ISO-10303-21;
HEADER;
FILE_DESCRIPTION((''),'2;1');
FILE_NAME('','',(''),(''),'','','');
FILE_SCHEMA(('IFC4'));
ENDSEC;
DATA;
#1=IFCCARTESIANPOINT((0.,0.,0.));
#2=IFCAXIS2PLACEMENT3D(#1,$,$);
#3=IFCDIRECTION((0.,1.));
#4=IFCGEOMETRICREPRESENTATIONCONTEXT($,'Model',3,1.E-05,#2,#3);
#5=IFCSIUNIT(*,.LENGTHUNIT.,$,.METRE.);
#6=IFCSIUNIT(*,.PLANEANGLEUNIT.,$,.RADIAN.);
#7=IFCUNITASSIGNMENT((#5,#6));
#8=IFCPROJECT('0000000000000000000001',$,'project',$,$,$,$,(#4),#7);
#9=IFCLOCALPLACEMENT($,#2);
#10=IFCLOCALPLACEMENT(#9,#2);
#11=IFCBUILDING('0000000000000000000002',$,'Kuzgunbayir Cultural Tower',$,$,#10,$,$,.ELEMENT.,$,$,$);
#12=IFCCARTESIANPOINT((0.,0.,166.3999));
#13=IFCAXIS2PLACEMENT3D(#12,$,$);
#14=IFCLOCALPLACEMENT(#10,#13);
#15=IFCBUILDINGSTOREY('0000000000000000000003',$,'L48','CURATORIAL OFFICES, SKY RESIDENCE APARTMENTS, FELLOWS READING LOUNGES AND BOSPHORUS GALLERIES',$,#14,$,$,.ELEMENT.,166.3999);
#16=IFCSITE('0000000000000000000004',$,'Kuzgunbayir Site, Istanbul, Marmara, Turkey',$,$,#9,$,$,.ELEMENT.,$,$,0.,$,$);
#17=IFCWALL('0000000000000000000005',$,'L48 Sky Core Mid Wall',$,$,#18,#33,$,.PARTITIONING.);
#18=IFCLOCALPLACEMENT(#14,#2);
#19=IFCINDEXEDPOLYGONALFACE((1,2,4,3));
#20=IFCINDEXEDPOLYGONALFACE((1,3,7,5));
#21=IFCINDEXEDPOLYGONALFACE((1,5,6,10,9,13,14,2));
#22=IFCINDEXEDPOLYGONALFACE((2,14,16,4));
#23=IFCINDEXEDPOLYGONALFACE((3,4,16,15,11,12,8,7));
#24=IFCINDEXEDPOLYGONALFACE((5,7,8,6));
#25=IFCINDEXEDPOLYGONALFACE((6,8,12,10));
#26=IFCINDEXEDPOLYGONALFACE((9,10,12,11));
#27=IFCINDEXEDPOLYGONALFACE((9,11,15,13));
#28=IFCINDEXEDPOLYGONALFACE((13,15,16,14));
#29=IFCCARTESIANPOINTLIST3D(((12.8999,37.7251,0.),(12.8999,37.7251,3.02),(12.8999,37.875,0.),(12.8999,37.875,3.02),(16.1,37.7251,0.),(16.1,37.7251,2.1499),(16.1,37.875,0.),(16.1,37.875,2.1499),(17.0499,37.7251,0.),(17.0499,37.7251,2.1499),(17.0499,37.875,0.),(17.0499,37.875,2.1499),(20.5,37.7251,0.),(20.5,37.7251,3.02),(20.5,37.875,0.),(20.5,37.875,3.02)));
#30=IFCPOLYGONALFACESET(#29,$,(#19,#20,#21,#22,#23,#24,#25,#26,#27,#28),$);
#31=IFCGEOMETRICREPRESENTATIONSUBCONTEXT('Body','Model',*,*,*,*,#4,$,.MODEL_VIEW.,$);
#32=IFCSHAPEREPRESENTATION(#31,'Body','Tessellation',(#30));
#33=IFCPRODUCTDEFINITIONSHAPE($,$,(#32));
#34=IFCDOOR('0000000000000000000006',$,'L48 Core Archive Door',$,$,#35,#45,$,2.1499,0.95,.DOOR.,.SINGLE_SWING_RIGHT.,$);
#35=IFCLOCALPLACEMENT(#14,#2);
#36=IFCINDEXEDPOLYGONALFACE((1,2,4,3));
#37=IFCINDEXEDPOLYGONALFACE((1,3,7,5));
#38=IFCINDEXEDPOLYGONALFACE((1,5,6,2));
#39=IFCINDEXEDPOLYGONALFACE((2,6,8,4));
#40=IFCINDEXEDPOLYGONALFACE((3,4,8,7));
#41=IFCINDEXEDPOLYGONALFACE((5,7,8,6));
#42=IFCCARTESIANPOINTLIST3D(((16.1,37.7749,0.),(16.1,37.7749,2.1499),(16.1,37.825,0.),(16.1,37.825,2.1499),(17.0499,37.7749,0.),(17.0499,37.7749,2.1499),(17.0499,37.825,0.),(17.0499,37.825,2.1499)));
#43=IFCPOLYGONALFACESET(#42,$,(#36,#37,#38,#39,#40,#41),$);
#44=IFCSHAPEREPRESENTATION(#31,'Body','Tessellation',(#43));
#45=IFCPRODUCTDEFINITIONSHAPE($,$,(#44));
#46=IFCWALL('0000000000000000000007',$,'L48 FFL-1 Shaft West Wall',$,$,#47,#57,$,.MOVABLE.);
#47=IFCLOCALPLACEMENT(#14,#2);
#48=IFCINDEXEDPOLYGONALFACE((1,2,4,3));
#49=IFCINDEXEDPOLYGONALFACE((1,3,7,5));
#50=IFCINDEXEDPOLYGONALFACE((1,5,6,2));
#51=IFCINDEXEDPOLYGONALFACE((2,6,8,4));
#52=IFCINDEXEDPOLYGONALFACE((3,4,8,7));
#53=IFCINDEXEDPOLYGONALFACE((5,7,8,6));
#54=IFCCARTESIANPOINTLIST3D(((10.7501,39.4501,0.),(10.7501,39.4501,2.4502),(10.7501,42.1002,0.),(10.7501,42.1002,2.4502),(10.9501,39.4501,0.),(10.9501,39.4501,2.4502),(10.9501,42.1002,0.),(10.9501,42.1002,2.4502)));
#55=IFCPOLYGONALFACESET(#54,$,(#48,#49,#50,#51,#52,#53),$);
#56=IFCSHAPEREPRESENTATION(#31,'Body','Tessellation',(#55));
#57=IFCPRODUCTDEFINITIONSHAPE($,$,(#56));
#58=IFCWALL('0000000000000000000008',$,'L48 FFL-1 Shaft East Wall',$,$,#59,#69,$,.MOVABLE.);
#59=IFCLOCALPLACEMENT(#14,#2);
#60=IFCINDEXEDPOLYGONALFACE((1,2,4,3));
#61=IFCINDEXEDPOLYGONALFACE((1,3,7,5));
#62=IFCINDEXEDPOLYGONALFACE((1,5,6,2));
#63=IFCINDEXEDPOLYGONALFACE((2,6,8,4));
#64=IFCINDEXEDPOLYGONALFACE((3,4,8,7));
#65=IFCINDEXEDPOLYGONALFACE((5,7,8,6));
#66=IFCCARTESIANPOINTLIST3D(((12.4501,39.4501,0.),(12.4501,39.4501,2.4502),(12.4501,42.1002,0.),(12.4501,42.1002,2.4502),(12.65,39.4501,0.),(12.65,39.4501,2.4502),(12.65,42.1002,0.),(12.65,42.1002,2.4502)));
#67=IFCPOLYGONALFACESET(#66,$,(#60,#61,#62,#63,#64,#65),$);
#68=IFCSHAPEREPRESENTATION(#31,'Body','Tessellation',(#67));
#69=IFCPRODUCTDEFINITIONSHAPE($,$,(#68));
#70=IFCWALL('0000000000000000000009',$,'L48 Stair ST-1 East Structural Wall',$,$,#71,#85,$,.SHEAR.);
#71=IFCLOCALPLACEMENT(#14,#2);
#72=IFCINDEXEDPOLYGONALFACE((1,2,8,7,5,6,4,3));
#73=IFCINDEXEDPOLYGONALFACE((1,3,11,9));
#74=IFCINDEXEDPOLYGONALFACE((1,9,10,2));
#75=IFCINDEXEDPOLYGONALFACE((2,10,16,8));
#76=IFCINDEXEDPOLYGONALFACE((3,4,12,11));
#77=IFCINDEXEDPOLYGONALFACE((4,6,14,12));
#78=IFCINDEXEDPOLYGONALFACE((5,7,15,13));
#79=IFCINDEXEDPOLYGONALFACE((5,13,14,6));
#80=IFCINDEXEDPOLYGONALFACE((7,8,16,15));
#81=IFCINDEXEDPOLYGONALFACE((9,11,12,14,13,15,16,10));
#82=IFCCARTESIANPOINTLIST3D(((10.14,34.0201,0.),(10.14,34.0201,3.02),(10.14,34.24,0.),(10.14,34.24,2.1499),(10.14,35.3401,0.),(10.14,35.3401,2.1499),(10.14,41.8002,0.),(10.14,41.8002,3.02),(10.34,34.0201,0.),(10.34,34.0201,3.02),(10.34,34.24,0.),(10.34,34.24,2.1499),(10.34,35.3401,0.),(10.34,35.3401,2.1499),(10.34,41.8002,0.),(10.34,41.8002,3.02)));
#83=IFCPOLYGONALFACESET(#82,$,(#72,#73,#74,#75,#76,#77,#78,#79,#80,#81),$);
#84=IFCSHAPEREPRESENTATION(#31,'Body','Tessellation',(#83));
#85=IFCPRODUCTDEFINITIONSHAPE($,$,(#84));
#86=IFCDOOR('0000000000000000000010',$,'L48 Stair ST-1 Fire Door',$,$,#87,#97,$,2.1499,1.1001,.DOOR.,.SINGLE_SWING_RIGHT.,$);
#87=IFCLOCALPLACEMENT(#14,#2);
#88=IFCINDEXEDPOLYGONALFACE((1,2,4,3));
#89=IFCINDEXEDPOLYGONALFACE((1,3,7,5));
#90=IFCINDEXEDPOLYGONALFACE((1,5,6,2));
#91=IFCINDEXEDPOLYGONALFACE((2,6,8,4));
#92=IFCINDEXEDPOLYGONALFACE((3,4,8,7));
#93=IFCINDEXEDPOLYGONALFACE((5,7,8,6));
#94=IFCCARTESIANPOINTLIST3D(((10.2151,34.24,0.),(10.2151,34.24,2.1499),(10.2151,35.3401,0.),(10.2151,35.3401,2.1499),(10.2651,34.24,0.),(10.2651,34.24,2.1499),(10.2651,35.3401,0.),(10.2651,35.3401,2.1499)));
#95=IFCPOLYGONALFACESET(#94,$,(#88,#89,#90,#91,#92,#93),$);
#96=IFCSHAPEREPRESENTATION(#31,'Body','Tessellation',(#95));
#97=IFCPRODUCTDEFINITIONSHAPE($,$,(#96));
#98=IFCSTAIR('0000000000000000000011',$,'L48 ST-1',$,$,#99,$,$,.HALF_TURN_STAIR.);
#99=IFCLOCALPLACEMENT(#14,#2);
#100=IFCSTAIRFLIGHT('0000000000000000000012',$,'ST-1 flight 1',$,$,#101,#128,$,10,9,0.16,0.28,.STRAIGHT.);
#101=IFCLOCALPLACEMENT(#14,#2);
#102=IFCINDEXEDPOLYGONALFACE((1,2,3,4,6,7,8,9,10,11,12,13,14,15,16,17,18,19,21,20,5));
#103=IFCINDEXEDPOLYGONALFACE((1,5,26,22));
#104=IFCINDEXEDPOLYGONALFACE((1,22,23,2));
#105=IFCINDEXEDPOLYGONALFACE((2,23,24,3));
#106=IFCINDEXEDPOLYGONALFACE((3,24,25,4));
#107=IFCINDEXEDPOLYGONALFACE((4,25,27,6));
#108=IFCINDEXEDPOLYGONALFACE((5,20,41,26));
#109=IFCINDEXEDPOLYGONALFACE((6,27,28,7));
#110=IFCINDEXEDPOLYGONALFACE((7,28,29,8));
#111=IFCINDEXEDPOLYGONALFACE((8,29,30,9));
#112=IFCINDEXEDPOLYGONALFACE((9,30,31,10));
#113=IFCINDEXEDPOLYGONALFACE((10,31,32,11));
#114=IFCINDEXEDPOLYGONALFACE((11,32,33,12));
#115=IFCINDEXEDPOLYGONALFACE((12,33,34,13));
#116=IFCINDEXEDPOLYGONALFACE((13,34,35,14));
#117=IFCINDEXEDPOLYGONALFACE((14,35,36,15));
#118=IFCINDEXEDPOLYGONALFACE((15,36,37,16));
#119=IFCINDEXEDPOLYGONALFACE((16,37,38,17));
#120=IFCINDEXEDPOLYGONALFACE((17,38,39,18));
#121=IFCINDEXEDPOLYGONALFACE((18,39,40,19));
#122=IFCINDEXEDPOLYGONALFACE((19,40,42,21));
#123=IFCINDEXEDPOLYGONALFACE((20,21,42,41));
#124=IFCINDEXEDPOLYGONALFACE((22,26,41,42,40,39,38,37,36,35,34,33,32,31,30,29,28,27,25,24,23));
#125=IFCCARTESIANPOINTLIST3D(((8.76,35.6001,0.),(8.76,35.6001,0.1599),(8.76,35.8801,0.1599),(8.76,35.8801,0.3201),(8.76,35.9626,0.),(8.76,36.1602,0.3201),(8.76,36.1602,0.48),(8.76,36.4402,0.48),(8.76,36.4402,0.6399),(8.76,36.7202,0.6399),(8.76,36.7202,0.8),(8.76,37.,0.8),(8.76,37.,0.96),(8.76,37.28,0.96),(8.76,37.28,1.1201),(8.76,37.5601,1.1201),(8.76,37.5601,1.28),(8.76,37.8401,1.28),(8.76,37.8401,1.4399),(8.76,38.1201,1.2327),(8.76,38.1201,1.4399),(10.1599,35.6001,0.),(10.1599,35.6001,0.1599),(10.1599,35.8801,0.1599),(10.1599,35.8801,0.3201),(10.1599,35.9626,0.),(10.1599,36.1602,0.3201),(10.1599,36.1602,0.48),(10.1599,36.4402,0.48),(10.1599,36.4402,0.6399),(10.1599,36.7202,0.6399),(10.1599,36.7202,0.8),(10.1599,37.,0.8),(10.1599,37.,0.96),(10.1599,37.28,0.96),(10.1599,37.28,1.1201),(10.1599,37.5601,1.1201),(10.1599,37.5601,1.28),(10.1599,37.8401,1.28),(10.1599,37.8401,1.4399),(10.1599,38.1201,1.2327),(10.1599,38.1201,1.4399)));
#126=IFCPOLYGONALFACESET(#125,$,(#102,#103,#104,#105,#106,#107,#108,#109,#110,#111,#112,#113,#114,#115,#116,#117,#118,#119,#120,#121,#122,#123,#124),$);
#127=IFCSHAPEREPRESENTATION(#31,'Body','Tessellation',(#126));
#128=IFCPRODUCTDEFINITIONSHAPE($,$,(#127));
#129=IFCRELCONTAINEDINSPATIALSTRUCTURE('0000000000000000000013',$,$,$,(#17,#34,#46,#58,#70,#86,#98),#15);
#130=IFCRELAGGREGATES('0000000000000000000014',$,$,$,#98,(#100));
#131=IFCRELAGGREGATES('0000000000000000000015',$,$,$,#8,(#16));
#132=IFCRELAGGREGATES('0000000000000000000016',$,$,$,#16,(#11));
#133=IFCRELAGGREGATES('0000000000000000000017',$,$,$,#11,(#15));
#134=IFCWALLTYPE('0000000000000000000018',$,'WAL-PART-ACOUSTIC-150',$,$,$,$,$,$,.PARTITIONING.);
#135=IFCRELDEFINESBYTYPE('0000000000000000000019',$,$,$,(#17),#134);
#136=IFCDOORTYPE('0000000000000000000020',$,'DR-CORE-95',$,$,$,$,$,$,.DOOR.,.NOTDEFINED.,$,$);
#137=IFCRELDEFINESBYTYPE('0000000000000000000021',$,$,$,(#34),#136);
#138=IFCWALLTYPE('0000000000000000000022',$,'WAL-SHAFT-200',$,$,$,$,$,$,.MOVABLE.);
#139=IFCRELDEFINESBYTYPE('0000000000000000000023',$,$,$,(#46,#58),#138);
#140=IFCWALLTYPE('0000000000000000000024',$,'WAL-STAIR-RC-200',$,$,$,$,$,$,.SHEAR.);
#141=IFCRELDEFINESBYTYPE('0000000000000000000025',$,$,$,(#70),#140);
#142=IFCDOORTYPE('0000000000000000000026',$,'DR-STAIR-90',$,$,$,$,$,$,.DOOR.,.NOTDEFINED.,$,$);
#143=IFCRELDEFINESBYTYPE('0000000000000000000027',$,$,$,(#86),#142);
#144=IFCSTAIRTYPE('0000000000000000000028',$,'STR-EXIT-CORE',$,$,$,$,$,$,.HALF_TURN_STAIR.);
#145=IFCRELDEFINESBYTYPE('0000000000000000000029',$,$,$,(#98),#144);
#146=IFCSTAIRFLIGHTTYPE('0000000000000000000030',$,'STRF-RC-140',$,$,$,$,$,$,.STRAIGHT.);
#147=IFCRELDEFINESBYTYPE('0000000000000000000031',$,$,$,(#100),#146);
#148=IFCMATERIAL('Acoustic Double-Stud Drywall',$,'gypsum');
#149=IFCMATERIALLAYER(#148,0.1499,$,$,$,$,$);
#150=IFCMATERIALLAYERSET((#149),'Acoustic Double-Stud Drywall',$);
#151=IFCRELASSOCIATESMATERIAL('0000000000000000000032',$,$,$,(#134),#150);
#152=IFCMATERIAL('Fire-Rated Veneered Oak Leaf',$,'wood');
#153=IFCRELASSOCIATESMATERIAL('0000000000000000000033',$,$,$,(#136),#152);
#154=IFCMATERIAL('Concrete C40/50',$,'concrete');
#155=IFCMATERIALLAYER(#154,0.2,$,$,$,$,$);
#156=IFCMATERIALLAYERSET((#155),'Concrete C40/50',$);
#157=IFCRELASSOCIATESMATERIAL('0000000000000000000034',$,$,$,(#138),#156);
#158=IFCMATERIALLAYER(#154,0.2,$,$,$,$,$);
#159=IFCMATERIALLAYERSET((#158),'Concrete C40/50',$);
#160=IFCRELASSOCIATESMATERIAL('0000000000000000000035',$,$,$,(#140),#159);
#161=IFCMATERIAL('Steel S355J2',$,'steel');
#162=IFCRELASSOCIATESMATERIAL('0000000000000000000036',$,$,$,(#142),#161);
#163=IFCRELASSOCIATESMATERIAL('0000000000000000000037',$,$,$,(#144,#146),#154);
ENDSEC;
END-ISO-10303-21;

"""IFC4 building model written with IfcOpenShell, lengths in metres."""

from ifc_helpers import new_model, si_unit, direction, frame, frame_2d, origin, place, context, subcontext, project, spatial, polyline, rectangle, outline, extrude, material, layer, layer_set, type_object, element, fill, aggregate, save


model = new_model("IFC4")

# Units and contexts
model_context = context("Model", 3, precision=1e-05, world=origin(), true_north=direction((0.0, 1.0)))
body_context = subcontext(model_context, "Body", "Model", "MODEL_VIEW")
ifc_project = project(units=[si_unit("LENGTHUNIT", "METRE"), si_unit("PLANEANGLEUNIT", "RADIAN")], contexts=[model_context])

# Site, building, storey
site_placement = place(None, origin())
site = spatial("IfcSite", under=ifc_project, at=site_placement, Name="Kuzgunbayir Site, Istanbul, Marmara, Turkey", CompositionType="ELEMENT", RefElevation=0.0)
building_placement = place(site_placement, origin())
building = spatial("IfcBuilding", under=site, at=building_placement, Name="Kuzgunbayir Cultural Tower", CompositionType="ELEMENT")
storey_placement = place(building_placement, frame((0.0, 0.0, 166.3999)))
storey = spatial("IfcBuildingStorey", under=building, at=storey_placement, Name="L48", Description="CURATORIAL OFFICES, SKY RESIDENCE APARTMENTS, FELLOWS READING LOUNGES AND BOSPHORUS GALLERIES", CompositionType="ELEMENT", Elevation=166.3999)

# Wall, opening, door
ifc_material_1 = material(Name="Acoustic Double-Stud Drywall", Category="gypsum")
ifc_layer_1 = layer(ifc_material_1, 0.1499)
ifc_layer_set_1 = layer_set([ifc_layer_1], Name="Acoustic Double-Stud Drywall")
wall_type_1 = type_object("IfcWallType", Name="WAL-PART-ACOUSTIC-150", PredefinedType="PARTITIONING", material=ifc_layer_set_1)
wall_1_placement = place(storey_placement, frame((12.8999, 37.8, 0.0), z_axis=(0.0, 0.0, 1.0), x_axis=(1.0, 0.0, 0.0)))
wall_1 = element("IfcWall", 1, at=wall_1_placement, inside=storey, type_object=wall_type_1, Name="L48 Sky Core Mid Wall", PredefinedType="PARTITIONING", context=body_context, shape_type="SweptSolid", body=[
    extrude(rectangle(XDim=7.6001, YDim=0.1499, at=frame_2d((3.8, 0.0))), origin(), (0.0, 0.0, 1.0), 3.02),
])
opening_1_placement = place(wall_1_placement, frame((3.2, 0.0, 0.0)))
opening_1 = element("IfcOpeningElement", 2, at=opening_1_placement, cuts=wall_1, PredefinedType="OPENING", context=body_context, shape_type="SweptSolid", body=[
    extrude(rectangle(XDim=0.95, YDim=2.1499, at=frame_2d((0.4751, 1.075))), frame((0.0, 0.085, 0.0), z_axis=(0.0, -1.0, 0.0), x_axis=(1.0, 0.0, 0.0)), (0.0, 0.0, 1.0), 0.1699),
])
ifc_material_2 = material(Name="Fire-Rated Veneered Oak Leaf", Category="wood")
door_type_1 = type_object("IfcDoorType", Name="DR-CORE-95", OperationType="NOTDEFINED", PredefinedType="DOOR", material=ifc_material_2)
door_1_placement = place(opening_1_placement, origin())
door_1 = element("IfcDoor", 3, at=door_1_placement, inside=storey, type_object=door_type_1, Name="L48 Core Archive Door", OperationType="SINGLE_SWING_RIGHT", OverallHeight=2.1499, OverallWidth=0.95, PredefinedType="DOOR", context=body_context, shape_type="SweptSolid", body=[
    extrude(rectangle(XDim=0.95, YDim=2.1499, at=frame_2d((0.4751, 1.075))), frame((0.0, 0.0249, 0.0), z_axis=(0.0, -1.0, 0.0), x_axis=(1.0, 0.0, 0.0)), (0.0, 0.0, 1.0), 0.05),
])
fill(opening_1, door_1)
ifc_material_3 = material(Name="Concrete C40/50", Category="concrete")
ifc_layer_2 = layer(ifc_material_3, 0.2)
ifc_layer_set_2 = layer_set([ifc_layer_2], Name="Concrete C40/50")
wall_type_2 = type_object("IfcWallType", Name="WAL-SHAFT-200", PredefinedType="MOVABLE", material=ifc_layer_set_2)

# Walls
for number, where, z_axis, x_axis, name in (
    (4, (10.8501, 39.45, 0.0), (0.0, 0.0, 1.0), (0.0, 1.0, 0.0), "L48 FFL-1 Shaft West Wall"),
    (5, (12.55, 39.45, 0.0), (0.0, 0.0, 1.0), (0.0, 1.0, 0.0), "L48 FFL-1 Shaft East Wall"),
):
    element("IfcWall", number, at=place(storey_placement, frame(where, z_axis=z_axis, x_axis=x_axis)), inside=storey, type_object=wall_type_2, Name=name, PredefinedType="MOVABLE", context=body_context, shape_type="SweptSolid", body=[
        extrude(rectangle(XDim=2.6501, YDim=0.2, at=frame_2d((1.3252, 0.0))), origin(), (0.0, 0.0, 1.0), 2.4502),
    ])

# Wall, opening, door
ifc_layer_3 = layer(ifc_material_3, 0.2)
ifc_layer_set_3 = layer_set([ifc_layer_3], Name="Concrete C40/50")
wall_type_3 = type_object("IfcWallType", Name="WAL-STAIR-RC-200", PredefinedType="SHEAR", material=ifc_layer_set_3)
wall_2_placement = place(storey_placement, frame((10.24, 34.02, 0.0), z_axis=(0.0, 0.0, 1.0), x_axis=(0.0, 1.0, 0.0)))
wall_2 = element("IfcWall", 6, at=wall_2_placement, inside=storey, type_object=wall_type_3, Name="L48 Stair ST-1 East Structural Wall", PredefinedType="SHEAR", context=body_context, shape_type="SweptSolid", body=[
    extrude(rectangle(XDim=7.78, YDim=0.2, at=frame_2d((3.8901, 0.0))), origin(), (0.0, 0.0, 1.0), 3.02),
])
opening_2_placement = place(wall_2_placement, frame((0.22, 0.0, 0.0)))
opening_2 = element("IfcOpeningElement", 7, at=opening_2_placement, cuts=wall_2, PredefinedType="OPENING", context=body_context, shape_type="SweptSolid", body=[
    extrude(rectangle(XDim=1.1001, YDim=2.1499, at=frame_2d((0.55, 1.075))), frame((0.0, 0.1099, 0.0), z_axis=(0.0, -1.0, 0.0), x_axis=(1.0, 0.0, 0.0)), (0.0, 0.0, 1.0), 0.22),
])
ifc_material_4 = material(Name="Steel S355J2", Category="steel")
door_type_2 = type_object("IfcDoorType", Name="DR-STAIR-90", OperationType="NOTDEFINED", PredefinedType="DOOR", material=ifc_material_4)
door_2_placement = place(opening_2_placement, origin())
door_2 = element("IfcDoor", 8, at=door_2_placement, inside=storey, type_object=door_type_2, Name="L48 Stair ST-1 Fire Door", OperationType="SINGLE_SWING_RIGHT", OverallHeight=2.1499, OverallWidth=1.1001, PredefinedType="DOOR", context=body_context, shape_type="SweptSolid", body=[
    extrude(rectangle(XDim=1.1001, YDim=2.1499, at=frame_2d((0.55, 1.075))), frame((0.0, 0.0249, 0.0), z_axis=(0.0, -1.0, 0.0), x_axis=(1.0, 0.0, 0.0)), (0.0, 0.0, 1.0), 0.05),
])
fill(opening_2, door_2)

# Stair, stair flight
stair_type = type_object("IfcStairType", Name="STR-EXIT-CORE", PredefinedType="HALF_TURN_STAIR", material=ifc_material_3)
stair_placement = place(storey_placement, origin())
stair = element("IfcStair", 9, at=stair_placement, inside=storey, type_object=stair_type, Name="L48 ST-1", PredefinedType="HALF_TURN_STAIR")
stair_flight_type = type_object("IfcStairFlightType", Name="STRF-RC-140", PredefinedType="STRAIGHT", material=ifc_material_3)
stair_flight_placement = place(storey_placement, frame((9.46, 35.6001, 0.0), z_axis=(0.0, 0.0, 1.0), x_axis=(0.0, 1.0, 0.0)))
stair_flight = element("IfcStairFlight", 10, at=stair_flight_placement, type_object=stair_flight_type, Name="ST-1 flight 1", NumberOfRisers=10, NumberOfTreads=9, PredefinedType="STRAIGHT", RiserHeight=0.16, TreadLength=0.28, context=body_context, shape_type="SweptSolid", body=[
    extrude(outline(polyline([(0.0, 0.0), (0.0, 0.1599), (0.28, 0.1599), (0.28, 0.3201), (0.5601, 0.3201), (0.5601, 0.48), (0.8401, 0.48), (0.8401, 0.6399), (1.1201, 0.6399), (1.1201, 0.8), (1.3999, 0.8), (1.3999, 0.96), (1.6799, 0.96), (1.6799, 1.1201), (1.96, 1.1201), (1.96, 1.28), (2.24, 1.28), (2.24, 1.4399), (2.52, 1.4399), (2.52, 1.6001), (2.52, 1.2327), (0.3625, 0.0), (0.0, 0.0)])), frame((0.0, 0.7, 0.0), z_axis=(0.0, -1.0, 0.0), x_axis=(1.0, 0.0, 0.0)), (0.0, 0.0, 1.0), 1.3999),
])
aggregate(stair, [stair_flight])

save(model, "model.ifc")
